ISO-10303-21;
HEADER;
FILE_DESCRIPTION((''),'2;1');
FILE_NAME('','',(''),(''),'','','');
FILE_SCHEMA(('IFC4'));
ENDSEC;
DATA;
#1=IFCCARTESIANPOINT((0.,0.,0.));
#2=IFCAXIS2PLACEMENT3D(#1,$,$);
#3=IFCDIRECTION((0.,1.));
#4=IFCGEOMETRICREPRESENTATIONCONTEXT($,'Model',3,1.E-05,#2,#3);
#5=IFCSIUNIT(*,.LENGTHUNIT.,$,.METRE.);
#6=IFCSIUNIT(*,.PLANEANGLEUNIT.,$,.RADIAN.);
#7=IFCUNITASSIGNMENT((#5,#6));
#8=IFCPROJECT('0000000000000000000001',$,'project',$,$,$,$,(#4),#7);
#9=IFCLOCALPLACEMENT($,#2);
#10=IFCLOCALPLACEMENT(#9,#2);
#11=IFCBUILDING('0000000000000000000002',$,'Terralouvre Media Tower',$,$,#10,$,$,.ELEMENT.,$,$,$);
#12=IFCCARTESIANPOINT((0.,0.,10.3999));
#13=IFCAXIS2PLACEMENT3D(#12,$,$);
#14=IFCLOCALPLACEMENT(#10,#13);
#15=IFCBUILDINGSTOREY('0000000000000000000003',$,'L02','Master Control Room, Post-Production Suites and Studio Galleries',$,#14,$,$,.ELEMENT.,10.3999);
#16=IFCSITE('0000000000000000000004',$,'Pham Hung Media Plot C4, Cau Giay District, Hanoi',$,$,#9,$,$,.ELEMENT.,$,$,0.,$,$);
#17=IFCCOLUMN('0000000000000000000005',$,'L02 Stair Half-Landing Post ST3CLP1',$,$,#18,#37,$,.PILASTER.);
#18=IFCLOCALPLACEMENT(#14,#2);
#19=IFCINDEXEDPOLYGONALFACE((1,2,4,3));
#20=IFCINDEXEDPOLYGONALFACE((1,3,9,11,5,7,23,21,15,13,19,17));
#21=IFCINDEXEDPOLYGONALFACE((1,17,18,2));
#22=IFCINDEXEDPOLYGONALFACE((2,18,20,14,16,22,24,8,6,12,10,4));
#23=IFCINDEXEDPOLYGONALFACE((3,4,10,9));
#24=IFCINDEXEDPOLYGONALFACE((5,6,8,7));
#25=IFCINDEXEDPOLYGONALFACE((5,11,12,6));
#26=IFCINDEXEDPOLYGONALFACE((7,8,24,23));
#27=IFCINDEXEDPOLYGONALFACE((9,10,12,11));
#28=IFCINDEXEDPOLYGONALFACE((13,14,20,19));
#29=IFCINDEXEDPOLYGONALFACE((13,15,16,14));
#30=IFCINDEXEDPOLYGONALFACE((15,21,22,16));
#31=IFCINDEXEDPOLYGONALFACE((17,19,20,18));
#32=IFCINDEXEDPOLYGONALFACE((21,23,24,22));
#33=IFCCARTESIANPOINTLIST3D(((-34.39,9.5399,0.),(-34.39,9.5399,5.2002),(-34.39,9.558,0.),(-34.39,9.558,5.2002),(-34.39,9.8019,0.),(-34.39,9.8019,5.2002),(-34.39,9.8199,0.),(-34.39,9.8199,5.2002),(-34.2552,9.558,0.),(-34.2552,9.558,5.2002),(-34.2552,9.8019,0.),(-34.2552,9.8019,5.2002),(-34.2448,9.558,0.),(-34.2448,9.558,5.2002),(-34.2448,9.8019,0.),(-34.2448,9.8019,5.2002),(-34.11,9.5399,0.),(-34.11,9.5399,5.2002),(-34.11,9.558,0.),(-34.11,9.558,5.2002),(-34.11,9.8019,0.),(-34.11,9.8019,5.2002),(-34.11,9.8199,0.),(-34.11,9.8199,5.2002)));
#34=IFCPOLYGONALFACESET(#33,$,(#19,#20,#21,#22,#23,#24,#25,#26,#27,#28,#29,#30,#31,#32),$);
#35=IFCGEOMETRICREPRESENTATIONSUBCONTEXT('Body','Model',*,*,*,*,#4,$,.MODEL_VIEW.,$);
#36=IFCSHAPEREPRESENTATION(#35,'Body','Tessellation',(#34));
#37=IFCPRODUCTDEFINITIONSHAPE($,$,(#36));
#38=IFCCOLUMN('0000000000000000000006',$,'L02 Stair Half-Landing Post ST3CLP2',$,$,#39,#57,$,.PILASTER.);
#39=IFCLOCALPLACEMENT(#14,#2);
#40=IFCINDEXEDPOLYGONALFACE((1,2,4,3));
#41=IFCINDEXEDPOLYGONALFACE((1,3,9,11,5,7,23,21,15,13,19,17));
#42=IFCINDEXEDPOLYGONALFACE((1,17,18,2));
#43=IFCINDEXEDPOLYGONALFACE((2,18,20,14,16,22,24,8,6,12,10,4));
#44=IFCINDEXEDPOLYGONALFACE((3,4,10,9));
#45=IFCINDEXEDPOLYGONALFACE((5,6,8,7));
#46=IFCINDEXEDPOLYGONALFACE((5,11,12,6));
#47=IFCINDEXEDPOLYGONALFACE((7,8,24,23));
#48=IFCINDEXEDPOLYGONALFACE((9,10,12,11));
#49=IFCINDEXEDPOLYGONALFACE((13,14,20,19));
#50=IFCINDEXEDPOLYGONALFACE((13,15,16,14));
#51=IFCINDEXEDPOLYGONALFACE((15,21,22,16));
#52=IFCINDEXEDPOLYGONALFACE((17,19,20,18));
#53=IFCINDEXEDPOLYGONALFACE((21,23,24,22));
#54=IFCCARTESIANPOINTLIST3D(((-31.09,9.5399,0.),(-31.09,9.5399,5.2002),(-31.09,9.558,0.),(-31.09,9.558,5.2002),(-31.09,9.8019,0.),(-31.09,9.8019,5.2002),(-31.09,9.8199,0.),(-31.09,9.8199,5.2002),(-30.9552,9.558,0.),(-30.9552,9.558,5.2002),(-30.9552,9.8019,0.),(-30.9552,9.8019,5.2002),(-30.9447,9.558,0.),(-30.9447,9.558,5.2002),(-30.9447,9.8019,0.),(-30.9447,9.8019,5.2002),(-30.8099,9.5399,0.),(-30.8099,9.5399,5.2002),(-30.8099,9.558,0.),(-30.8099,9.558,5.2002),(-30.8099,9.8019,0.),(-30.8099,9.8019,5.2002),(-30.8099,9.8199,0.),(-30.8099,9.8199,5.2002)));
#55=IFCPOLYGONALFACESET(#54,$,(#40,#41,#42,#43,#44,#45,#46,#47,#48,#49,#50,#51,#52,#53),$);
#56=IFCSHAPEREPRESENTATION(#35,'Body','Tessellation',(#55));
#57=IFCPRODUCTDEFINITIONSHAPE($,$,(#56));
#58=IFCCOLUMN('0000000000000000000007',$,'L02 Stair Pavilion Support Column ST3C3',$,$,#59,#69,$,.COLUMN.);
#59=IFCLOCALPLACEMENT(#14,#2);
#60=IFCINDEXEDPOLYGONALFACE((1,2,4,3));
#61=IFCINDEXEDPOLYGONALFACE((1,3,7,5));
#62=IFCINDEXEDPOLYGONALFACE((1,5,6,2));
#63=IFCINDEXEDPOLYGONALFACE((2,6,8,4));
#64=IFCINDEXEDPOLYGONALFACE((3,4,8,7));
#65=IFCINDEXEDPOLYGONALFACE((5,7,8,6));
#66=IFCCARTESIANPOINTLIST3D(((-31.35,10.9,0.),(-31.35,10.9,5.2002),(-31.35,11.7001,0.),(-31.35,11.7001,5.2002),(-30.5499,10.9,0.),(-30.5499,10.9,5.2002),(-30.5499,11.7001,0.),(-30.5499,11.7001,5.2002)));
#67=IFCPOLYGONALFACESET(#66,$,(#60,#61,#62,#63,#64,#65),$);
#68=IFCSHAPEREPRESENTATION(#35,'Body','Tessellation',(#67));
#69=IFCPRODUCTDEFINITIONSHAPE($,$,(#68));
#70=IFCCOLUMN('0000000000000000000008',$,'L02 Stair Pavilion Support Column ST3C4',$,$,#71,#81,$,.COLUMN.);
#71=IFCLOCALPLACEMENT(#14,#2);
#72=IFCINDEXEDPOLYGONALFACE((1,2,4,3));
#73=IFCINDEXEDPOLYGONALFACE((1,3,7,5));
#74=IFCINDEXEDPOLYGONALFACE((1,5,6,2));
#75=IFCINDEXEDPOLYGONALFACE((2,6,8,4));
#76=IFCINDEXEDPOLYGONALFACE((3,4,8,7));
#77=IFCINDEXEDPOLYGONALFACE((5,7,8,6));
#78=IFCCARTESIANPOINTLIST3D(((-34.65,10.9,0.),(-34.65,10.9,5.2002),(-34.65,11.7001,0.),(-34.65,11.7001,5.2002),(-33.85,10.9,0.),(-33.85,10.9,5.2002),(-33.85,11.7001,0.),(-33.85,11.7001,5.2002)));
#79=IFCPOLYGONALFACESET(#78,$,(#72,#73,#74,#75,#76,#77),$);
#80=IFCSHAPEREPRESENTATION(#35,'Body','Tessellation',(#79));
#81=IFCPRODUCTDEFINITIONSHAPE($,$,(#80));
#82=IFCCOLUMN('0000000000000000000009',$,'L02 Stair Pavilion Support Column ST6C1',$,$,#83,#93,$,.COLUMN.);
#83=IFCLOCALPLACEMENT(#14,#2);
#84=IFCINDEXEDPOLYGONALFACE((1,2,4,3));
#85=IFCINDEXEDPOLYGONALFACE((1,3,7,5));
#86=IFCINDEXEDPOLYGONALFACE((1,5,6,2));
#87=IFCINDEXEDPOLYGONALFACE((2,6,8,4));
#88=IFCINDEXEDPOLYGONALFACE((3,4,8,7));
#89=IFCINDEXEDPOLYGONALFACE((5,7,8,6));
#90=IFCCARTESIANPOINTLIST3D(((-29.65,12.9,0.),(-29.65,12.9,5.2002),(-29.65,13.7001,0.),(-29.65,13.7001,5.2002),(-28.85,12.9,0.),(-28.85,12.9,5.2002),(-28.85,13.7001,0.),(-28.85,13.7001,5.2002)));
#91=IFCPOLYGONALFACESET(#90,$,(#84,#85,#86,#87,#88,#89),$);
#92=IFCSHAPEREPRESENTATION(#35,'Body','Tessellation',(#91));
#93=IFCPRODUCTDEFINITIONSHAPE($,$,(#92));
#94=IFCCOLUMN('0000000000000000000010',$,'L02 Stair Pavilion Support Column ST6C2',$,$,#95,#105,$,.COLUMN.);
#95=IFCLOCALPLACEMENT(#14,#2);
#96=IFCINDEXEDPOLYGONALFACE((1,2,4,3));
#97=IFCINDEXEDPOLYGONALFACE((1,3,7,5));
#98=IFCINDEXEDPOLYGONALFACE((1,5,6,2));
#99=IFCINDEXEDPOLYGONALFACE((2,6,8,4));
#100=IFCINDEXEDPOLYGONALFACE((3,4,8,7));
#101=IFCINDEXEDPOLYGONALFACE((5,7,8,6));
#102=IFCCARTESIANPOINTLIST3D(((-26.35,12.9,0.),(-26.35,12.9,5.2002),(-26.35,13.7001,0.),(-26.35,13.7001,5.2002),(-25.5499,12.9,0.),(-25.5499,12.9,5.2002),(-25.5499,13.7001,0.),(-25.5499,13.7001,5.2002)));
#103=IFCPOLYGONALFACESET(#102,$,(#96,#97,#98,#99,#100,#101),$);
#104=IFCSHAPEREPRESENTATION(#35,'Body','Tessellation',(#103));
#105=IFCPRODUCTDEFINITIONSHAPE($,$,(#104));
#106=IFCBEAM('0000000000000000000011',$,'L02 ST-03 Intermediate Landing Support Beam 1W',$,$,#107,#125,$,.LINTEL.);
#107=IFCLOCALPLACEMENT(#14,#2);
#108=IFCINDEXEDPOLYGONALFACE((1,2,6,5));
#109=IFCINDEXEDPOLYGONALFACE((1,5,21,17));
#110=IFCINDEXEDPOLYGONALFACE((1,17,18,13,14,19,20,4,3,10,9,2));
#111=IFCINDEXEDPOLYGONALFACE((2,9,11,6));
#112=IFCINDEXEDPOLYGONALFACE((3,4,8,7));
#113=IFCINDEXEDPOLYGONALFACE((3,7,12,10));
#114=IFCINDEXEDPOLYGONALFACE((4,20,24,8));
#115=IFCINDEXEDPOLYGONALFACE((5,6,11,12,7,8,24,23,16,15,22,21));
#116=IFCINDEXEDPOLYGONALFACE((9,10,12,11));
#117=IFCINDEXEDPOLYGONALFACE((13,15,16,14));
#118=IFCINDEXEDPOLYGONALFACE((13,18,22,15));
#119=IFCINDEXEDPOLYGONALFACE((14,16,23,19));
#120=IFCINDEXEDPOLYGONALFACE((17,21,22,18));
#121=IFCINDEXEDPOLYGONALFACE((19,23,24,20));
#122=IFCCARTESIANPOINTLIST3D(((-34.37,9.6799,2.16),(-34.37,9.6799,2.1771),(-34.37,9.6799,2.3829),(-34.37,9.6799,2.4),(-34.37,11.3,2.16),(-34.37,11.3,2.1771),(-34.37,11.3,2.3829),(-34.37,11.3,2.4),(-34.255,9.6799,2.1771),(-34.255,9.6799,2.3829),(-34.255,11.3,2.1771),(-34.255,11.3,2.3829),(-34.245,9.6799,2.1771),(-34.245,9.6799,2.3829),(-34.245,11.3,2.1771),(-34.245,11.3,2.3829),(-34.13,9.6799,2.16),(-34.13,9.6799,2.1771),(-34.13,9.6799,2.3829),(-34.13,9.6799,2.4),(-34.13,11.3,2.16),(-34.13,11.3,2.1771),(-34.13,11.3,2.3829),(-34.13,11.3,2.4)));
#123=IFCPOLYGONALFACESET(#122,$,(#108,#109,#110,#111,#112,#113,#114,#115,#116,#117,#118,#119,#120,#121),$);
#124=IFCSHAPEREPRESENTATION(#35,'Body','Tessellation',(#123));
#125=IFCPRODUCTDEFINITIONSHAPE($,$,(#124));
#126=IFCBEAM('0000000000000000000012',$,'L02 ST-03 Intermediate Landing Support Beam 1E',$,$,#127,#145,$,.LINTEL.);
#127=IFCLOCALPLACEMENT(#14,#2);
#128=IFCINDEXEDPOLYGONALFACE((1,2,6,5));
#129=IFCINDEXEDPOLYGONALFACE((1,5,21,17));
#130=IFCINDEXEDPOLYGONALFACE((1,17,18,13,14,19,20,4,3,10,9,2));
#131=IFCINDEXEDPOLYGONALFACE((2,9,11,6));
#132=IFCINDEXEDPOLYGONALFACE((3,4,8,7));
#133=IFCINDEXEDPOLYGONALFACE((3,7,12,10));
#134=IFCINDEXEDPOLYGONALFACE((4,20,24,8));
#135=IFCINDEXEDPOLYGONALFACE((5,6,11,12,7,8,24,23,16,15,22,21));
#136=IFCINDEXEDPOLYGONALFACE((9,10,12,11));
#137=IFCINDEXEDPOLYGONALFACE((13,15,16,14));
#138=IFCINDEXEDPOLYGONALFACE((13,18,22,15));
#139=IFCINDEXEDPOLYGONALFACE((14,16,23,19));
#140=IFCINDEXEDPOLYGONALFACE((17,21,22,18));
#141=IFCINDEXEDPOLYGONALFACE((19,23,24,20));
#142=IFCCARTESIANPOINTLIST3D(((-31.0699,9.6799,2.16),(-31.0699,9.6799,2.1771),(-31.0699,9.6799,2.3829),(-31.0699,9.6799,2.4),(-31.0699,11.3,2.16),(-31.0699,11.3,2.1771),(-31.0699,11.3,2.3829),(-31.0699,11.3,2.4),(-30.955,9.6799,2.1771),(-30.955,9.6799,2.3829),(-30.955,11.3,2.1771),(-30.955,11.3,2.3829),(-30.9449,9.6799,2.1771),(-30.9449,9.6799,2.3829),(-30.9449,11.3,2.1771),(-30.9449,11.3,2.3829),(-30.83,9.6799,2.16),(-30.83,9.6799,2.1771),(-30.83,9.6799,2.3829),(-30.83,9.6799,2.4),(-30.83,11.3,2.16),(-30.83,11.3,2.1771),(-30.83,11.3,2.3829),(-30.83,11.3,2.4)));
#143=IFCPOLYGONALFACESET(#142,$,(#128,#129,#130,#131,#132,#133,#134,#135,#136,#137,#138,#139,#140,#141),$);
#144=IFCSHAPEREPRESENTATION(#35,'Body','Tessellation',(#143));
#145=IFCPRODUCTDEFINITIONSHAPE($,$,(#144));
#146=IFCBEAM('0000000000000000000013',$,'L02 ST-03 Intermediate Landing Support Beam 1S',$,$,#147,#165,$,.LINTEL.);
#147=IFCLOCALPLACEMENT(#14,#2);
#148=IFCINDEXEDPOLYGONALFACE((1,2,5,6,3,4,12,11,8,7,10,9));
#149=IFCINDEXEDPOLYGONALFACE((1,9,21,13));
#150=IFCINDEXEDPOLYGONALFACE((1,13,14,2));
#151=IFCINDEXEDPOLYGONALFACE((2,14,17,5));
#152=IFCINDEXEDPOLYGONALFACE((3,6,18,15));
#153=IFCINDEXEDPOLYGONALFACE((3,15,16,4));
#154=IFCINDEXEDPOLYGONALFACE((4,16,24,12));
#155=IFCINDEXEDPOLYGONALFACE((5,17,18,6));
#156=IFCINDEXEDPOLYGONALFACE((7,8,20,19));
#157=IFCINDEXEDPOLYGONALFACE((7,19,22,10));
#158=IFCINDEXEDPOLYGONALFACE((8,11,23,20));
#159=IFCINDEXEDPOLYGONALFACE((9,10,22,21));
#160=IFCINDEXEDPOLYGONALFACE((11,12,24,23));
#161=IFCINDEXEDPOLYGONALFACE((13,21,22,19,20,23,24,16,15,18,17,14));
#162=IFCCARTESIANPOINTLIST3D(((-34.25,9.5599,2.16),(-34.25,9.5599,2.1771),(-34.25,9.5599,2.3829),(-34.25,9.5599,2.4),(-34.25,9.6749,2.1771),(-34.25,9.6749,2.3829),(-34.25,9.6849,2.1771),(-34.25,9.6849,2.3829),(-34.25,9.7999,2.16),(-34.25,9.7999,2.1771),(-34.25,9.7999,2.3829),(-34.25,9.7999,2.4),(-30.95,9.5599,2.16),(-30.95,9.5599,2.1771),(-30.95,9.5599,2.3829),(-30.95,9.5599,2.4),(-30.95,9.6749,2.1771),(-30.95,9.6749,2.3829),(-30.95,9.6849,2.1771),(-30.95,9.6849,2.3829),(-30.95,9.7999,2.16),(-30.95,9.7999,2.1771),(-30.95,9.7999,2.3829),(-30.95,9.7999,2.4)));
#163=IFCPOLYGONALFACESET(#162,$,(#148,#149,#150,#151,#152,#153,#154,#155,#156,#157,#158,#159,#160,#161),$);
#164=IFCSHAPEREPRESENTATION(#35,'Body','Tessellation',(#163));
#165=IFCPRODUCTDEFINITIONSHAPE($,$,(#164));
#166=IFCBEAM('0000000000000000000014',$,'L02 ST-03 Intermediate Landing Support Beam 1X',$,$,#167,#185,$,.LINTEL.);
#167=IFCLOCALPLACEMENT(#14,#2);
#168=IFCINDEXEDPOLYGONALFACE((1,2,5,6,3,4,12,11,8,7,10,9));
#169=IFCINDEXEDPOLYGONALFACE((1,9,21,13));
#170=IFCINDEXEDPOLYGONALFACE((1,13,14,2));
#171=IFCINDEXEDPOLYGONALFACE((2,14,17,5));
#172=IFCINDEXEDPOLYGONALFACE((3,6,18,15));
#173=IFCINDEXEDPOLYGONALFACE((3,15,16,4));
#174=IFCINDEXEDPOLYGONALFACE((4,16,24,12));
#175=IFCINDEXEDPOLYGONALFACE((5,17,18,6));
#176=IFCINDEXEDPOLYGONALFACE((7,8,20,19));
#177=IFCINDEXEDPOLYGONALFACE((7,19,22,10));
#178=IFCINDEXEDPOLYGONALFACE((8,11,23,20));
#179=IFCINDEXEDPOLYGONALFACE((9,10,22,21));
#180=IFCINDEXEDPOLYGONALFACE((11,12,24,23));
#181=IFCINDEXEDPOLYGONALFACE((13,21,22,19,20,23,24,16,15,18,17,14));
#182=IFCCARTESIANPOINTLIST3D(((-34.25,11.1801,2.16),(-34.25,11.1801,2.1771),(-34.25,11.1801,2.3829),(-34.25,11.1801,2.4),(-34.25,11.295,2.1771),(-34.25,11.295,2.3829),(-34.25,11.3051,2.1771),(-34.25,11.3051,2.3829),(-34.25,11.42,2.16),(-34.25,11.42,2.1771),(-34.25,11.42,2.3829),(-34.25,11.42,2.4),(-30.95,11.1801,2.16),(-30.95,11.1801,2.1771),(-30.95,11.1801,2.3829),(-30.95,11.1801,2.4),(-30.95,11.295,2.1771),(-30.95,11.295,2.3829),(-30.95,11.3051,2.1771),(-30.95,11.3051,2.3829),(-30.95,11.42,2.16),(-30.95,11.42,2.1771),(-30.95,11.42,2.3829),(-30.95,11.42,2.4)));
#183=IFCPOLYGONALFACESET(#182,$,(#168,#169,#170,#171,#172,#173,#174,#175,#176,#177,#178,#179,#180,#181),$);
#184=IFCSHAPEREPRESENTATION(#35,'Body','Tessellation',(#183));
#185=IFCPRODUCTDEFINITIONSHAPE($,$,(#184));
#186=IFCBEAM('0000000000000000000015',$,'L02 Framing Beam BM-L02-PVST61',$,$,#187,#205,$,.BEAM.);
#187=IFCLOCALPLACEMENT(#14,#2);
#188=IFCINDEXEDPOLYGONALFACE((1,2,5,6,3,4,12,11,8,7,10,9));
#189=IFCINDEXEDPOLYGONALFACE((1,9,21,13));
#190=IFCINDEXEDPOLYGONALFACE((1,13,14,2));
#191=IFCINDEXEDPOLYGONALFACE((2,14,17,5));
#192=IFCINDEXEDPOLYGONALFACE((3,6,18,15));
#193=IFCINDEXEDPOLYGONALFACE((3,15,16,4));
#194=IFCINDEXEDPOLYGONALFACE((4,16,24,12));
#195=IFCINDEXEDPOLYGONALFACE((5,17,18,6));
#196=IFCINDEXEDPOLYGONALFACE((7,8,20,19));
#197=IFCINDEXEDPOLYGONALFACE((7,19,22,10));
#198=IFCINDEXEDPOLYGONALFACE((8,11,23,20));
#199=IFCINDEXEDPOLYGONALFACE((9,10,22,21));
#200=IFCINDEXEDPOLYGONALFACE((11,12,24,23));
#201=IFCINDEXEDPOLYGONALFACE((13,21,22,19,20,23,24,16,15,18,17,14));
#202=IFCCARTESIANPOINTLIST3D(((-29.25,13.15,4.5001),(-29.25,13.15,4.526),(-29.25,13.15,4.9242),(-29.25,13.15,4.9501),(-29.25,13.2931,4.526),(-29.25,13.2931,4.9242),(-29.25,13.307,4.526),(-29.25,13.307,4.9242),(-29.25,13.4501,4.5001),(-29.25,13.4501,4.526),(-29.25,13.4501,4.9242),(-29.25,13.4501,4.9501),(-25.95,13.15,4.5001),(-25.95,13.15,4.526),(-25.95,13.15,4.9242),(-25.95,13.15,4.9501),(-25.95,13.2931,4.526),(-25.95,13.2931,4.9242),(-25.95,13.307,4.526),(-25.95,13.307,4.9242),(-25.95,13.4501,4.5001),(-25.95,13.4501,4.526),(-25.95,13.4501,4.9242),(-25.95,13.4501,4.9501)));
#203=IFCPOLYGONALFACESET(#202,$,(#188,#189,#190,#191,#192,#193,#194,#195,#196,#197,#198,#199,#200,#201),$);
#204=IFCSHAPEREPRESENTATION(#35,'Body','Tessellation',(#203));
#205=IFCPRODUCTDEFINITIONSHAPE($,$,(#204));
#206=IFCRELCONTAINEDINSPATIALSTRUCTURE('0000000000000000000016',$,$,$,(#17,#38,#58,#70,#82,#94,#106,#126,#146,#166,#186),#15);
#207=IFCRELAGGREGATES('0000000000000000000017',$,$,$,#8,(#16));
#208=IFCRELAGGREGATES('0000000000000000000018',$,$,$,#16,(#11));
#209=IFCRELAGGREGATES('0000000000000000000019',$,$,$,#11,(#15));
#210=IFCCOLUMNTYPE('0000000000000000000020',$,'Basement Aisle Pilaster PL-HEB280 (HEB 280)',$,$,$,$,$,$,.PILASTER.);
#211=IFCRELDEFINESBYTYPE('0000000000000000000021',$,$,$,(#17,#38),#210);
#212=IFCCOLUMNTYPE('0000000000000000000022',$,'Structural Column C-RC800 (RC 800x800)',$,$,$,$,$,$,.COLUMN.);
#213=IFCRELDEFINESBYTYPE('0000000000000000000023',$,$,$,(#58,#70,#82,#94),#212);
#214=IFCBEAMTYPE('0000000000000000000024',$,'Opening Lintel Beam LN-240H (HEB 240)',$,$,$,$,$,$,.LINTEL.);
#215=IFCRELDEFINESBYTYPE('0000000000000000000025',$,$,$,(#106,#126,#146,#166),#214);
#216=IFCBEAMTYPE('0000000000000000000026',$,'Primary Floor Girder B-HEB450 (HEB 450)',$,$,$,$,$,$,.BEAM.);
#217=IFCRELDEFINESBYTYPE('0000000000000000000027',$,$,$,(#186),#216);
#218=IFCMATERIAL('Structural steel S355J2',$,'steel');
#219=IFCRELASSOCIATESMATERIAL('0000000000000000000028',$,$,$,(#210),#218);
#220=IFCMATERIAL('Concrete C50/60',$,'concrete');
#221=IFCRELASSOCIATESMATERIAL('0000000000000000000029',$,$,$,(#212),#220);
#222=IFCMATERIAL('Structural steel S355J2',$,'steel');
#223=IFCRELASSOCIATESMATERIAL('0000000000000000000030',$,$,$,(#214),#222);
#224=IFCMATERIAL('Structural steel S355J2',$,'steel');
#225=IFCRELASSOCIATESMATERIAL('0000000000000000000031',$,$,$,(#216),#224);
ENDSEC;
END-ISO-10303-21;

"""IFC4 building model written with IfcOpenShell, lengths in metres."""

from ifc_helpers import new_model, si_unit, direction, frame, origin, origin_2d, place, context, subcontext, project, spatial, rectangle, i_section, extrude, material, material_profile, profile_set, type_object, element, save


model = new_model("IFC4")

# Units and contexts
model_context = context("Model", 3, precision=1e-05, world=origin(), true_north=direction((0.0, 1.0)))
body_context = subcontext(model_context, "Body", "Model", "MODEL_VIEW")
ifc_project = project(units=[si_unit("LENGTHUNIT", "METRE"), si_unit("PLANEANGLEUNIT", "RADIAN")], contexts=[model_context])

# Site, building, storey
site_placement = place(None, origin())
site = spatial("IfcSite", under=ifc_project, at=site_placement, Name="Pham Hung Media Plot C4, Cau Giay District, Hanoi", CompositionType="ELEMENT", RefElevation=0.0)
building_placement = place(site_placement, origin())
building = spatial("IfcBuilding", under=site, at=building_placement, Name="Terralouvre Media Tower", CompositionType="ELEMENT")
storey_placement = place(building_placement, frame((0.0, 0.0, 10.3999)))
storey = spatial("IfcBuildingStorey", under=building, at=storey_placement, Name="L02", Description="Master Control Room, Post-Production Suites and Studio Galleries", CompositionType="ELEMENT", Elevation=10.3999)

# Columns
ifc_material_1 = material(Name="Structural steel S355J2", Category="steel")
ifc_material_profile_1 = material_profile(ifc_material_1, i_section(OverallWidth=0.28, OverallDepth=0.28, WebThickness=0.0105, FlangeThickness=0.0181, at=origin_2d()), Name="HEB 280")
ifc_profile_set_1 = profile_set([ifc_material_profile_1], Name="Structural steel S355J2")
column_type_1 = type_object("IfcColumnType", Name="Basement Aisle Pilaster PL-HEB280 (HEB 280)", PredefinedType="PILASTER", material=ifc_profile_set_1)
for number, where, z_axis, x_axis, name in (
    (1, (-34.25, 9.6799, 0.0), (0.0, 0.0, 1.0), (1.0, 0.0, 0.0), "L02 Stair Half-Landing Post ST3CLP1"),
    (2, (-30.95, 9.6799, 0.0), (0.0, 0.0, 1.0), (1.0, 0.0, 0.0), "L02 Stair Half-Landing Post ST3CLP2"),
):
    element("IfcColumn", number, at=place(storey_placement, frame(where, z_axis=z_axis, x_axis=x_axis)), inside=storey, type_object=column_type_1, Name=name, PredefinedType="PILASTER", context=body_context, shape_type="SweptSolid", body=[
        extrude(i_section(OverallWidth=0.28, OverallDepth=0.28, WebThickness=0.0105, FlangeThickness=0.0181, at=origin_2d()), origin(), (0.0, 0.0, 1.0), 5.2002),
    ])
ifc_material_2 = material(Name="Concrete C50/60", Category="concrete")
ifc_material_profile_2 = material_profile(ifc_material_2, rectangle(XDim=0.8, YDim=0.8, at=origin_2d()), Name="RC 800x800")
ifc_profile_set_2 = profile_set([ifc_material_profile_2], Name="Concrete C50/60")
column_type_2 = type_object("IfcColumnType", Name="Structural Column C-RC800 (RC 800x800)", PredefinedType="COLUMN", material=ifc_profile_set_2)
for number, where, z_axis, x_axis, name in (
    (3, (-30.95, 11.3, 0.0), (0.0, 0.0, 1.0), (1.0, 0.0, 0.0), "L02 Stair Pavilion Support Column ST3C3"),
    (4, (-34.25, 11.3, 0.0), (0.0, 0.0, 1.0), (1.0, 0.0, 0.0), "L02 Stair Pavilion Support Column ST3C4"),
    (5, (-29.25, 13.3, 0.0), (0.0, 0.0, 1.0), (1.0, 0.0, 0.0), "L02 Stair Pavilion Support Column ST6C1"),
    (6, (-25.95, 13.3, 0.0), (0.0, 0.0, 1.0), (1.0, 0.0, 0.0), "L02 Stair Pavilion Support Column ST6C2"),
):
    element("IfcColumn", number, at=place(storey_placement, frame(where, z_axis=z_axis, x_axis=x_axis)), inside=storey, type_object=column_type_2, Name=name, PredefinedType="COLUMN", context=body_context, shape_type="SweptSolid", body=[
        extrude(rectangle(XDim=0.8, YDim=0.8, at=origin_2d()), origin(), (0.0, 0.0, 1.0), 5.2002),
    ])

# Beams
ifc_material_3 = material(Name="Structural steel S355J2", Category="steel")
ifc_material_profile_3 = material_profile(ifc_material_3, i_section(OverallWidth=0.24, OverallDepth=0.24, WebThickness=0.01, FlangeThickness=0.0171, at=origin_2d()), Name="HEB 240")
ifc_profile_set_3 = profile_set([ifc_material_profile_3], Name="Structural steel S355J2")
beam_type_1 = type_object("IfcBeamType", Name="Opening Lintel Beam LN-240H (HEB 240)", PredefinedType="LINTEL", material=ifc_profile_set_3)
for number, where, z_axis, x_axis, name in (
    (7, (-34.25, 9.6799, 2.28), (0.0, 1.0, 0.0), (-1.0, 0.0, 0.0), "L02 ST-03 Intermediate Landing Support Beam 1W"),
    (8, (-30.95, 9.6799, 2.28), (0.0, 1.0, 0.0), (-1.0, 0.0, 0.0), "L02 ST-03 Intermediate Landing Support Beam 1E"),
):
    element("IfcBeam", number, at=place(storey_placement, frame(where, z_axis=z_axis, x_axis=x_axis)), inside=storey, type_object=beam_type_1, Name=name, PredefinedType="LINTEL", context=body_context, shape_type="SweptSolid", body=[
        extrude(i_section(OverallWidth=0.24, OverallDepth=0.24, WebThickness=0.01, FlangeThickness=0.0171, at=origin_2d()), origin(), (0.0, 0.0, 1.0), 1.6201),
    ])
for number, where, z_axis, x_axis, name in (
    (9, (-34.25, 9.6799, 2.28), (1.0, 0.0, 0.0), (0.0, 1.0, 0.0), "L02 ST-03 Intermediate Landing Support Beam 1S"),
    (10, (-34.25, 11.3, 2.28), (1.0, 0.0, 0.0), (0.0, 1.0, 0.0), "L02 ST-03 Intermediate Landing Support Beam 1X"),
):
    element("IfcBeam", number, at=place(storey_placement, frame(where, z_axis=z_axis, x_axis=x_axis)), inside=storey, type_object=beam_type_1, Name=name, PredefinedType="LINTEL", context=body_context, shape_type="SweptSolid", body=[
        extrude(i_section(OverallWidth=0.24, OverallDepth=0.24, WebThickness=0.01, FlangeThickness=0.0171, at=origin_2d()), origin(), (0.0, 0.0, 1.0), 3.3),
    ])
ifc_material_4 = material(Name="Structural steel S355J2", Category="steel")
ifc_material_profile_4 = material_profile(ifc_material_4, i_section(OverallWidth=0.3, OverallDepth=0.45, WebThickness=0.0139, FlangeThickness=0.0259, at=origin_2d()), Name="HEB 450")
ifc_profile_set_4 = profile_set([ifc_material_profile_4], Name="Structural steel S355J2")
beam_type_2 = type_object("IfcBeamType", Name="Primary Floor Girder B-HEB450 (HEB 450)", PredefinedType="BEAM", material=ifc_profile_set_4)
beam_1_placement = place(storey_placement, frame((-29.25, 13.3, 4.7251), z_axis=(1.0, 0.0, 0.0), x_axis=(0.0, 1.0, 0.0)))
element("IfcBeam", 11, at=beam_1_placement, inside=storey, type_object=beam_type_2, Name="L02 Framing Beam BM-L02-PVST61", PredefinedType="BEAM", context=body_context, shape_type="SweptSolid", body=[
    extrude(i_section(OverallWidth=0.3, OverallDepth=0.45, WebThickness=0.0139, FlangeThickness=0.0259, at=origin_2d()), origin(), (0.0, 0.0, 1.0), 3.3),
])

save(model, "model.ifc")
